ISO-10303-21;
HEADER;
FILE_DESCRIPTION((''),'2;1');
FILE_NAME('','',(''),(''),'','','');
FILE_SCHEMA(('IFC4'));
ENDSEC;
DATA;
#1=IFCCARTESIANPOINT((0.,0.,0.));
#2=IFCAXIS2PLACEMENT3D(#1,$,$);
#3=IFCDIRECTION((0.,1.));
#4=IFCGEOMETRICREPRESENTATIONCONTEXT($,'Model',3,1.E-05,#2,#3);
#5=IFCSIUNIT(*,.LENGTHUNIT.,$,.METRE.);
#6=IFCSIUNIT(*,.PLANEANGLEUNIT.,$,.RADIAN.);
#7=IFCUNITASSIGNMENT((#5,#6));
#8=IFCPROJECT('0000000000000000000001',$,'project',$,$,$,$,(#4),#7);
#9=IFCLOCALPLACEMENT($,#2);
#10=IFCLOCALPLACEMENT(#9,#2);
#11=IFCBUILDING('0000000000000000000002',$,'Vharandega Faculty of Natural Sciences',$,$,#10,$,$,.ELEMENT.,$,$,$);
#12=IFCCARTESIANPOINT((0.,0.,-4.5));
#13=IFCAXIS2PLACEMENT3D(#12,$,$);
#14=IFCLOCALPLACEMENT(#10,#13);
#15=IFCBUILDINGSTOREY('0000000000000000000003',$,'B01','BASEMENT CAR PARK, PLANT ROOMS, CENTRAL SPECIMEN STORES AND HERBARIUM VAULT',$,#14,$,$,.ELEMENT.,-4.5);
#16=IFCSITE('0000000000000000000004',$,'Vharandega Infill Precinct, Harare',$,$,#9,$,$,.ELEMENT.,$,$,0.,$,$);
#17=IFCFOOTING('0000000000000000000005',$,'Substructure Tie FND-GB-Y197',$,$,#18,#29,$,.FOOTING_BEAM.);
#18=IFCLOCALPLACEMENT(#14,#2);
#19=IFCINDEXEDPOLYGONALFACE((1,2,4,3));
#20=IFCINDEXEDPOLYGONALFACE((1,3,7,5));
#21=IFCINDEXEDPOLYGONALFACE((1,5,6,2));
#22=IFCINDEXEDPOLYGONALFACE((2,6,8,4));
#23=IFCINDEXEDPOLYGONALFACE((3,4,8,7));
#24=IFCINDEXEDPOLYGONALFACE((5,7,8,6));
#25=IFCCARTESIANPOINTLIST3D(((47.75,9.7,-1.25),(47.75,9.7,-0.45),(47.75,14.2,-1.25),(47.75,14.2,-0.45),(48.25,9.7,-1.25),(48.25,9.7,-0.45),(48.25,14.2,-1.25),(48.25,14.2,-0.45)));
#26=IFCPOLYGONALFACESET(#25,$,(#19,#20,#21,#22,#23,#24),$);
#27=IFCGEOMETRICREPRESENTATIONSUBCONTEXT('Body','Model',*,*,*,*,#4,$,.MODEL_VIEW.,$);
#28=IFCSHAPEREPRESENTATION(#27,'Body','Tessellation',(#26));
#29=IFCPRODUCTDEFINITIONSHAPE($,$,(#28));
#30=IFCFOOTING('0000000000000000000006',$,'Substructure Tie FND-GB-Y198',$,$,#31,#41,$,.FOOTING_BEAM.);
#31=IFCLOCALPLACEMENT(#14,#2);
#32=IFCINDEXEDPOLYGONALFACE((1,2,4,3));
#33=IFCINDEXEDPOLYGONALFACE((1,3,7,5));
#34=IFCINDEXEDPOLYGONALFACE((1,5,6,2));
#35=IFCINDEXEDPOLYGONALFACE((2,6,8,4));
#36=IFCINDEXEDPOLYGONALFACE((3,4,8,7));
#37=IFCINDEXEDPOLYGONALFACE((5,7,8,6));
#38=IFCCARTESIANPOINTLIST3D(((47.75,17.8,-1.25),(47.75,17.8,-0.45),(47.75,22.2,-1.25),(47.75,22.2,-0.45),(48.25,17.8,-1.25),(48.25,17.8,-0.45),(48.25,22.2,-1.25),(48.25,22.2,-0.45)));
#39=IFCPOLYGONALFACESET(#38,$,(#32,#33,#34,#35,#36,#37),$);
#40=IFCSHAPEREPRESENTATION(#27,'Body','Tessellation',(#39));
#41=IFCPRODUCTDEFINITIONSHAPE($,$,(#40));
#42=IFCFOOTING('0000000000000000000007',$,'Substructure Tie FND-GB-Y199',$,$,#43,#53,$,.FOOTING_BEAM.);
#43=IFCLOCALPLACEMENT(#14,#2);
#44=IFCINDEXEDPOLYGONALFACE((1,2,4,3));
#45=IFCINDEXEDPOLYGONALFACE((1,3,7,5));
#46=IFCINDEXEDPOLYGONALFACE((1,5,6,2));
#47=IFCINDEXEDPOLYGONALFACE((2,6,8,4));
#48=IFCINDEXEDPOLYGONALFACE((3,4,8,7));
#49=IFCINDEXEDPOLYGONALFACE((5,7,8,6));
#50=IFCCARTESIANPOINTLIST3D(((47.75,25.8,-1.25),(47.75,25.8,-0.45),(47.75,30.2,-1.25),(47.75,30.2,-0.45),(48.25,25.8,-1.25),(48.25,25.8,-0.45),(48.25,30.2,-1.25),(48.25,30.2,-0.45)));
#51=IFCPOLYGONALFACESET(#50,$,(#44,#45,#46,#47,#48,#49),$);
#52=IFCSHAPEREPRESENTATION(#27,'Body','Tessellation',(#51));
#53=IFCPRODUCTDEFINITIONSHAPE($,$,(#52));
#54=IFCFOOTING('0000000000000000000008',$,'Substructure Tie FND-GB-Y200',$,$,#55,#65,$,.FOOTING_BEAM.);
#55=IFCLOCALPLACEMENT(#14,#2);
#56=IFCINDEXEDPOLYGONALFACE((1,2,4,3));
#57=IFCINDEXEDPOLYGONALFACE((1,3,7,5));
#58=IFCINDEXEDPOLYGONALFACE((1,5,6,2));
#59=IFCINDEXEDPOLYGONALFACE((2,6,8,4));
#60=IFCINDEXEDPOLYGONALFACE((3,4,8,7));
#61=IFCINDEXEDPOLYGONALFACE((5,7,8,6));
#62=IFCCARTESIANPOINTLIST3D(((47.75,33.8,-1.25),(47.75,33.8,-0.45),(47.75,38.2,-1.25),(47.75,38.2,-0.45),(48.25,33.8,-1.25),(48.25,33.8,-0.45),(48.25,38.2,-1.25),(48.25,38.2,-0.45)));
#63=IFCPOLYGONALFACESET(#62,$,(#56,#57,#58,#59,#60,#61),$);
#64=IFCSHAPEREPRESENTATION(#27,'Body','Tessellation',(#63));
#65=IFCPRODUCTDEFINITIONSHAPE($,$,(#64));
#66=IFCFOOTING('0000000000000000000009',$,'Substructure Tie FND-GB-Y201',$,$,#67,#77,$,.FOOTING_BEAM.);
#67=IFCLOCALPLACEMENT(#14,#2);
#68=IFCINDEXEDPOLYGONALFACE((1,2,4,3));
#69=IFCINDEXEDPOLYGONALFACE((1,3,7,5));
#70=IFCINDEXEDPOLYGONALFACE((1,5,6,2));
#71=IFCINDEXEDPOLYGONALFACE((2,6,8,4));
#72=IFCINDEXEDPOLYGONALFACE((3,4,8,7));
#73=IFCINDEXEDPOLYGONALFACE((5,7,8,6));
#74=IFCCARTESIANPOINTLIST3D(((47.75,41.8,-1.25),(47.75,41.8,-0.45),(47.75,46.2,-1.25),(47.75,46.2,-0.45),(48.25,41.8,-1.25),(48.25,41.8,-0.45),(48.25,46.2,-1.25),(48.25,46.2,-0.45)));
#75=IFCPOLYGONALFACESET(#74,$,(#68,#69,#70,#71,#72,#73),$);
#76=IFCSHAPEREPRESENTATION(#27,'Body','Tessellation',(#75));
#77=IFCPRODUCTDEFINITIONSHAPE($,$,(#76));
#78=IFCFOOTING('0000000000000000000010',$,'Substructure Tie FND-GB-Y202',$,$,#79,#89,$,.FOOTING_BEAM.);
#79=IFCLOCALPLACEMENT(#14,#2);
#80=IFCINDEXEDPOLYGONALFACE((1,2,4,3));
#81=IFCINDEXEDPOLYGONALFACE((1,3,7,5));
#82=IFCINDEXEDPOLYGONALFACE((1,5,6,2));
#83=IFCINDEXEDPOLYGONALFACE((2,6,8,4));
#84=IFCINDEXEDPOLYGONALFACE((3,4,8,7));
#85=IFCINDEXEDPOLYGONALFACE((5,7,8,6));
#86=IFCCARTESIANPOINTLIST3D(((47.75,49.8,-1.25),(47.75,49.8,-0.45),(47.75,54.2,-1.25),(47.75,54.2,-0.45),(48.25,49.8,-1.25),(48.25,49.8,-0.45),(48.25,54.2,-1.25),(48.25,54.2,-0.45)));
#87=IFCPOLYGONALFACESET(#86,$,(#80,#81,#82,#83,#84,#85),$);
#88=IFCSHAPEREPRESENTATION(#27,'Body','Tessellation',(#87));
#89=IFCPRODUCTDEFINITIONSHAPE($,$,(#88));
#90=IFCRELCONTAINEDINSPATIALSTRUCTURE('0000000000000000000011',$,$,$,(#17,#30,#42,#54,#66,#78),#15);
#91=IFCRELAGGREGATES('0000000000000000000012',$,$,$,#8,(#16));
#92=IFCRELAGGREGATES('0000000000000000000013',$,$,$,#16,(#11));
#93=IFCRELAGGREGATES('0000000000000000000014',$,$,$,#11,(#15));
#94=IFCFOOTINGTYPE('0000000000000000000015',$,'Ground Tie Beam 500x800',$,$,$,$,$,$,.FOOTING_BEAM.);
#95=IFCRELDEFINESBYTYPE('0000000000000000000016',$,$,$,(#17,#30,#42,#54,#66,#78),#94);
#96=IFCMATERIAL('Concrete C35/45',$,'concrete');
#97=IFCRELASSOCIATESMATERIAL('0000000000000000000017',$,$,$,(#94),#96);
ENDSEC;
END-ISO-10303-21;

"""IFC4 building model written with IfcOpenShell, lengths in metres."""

from ifc_helpers import new_model, si_unit, direction, frame, origin, place, context, subcontext, project, spatial, polyline, outline, extrude, material, type_object, element, save


model = new_model("IFC4")

# Units and contexts
model_context = context("Model", 3, precision=1e-05, world=origin(), true_north=direction((0.0, 1.0)))
body_context = subcontext(model_context, "Body", "Model", "MODEL_VIEW")
ifc_project = project(units=[si_unit("LENGTHUNIT", "METRE"), si_unit("PLANEANGLEUNIT", "RADIAN")], contexts=[model_context])

# Site, building, storey
site_placement = place(None, origin())
site = spatial("IfcSite", under=ifc_project, at=site_placement, Name="Vharandega Infill Precinct, Harare", CompositionType="ELEMENT", RefElevation=0.0)
building_placement = place(site_placement, origin())
building = spatial("IfcBuilding", under=site, at=building_placement, Name="Vharandega Faculty of Natural Sciences", CompositionType="ELEMENT")
storey_placement = place(building_placement, frame((0.0, 0.0, -4.5)))
storey = spatial("IfcBuildingStorey", under=building, at=storey_placement, Name="B01", Description="BASEMENT CAR PARK, PLANT ROOMS, CENTRAL SPECIMEN STORES AND HERBARIUM VAULT", CompositionType="ELEMENT", Elevation=-4.5)

# Footings
ifc_material = material(Name="Concrete C35/45", Category="concrete")
footing_type = type_object("IfcFootingType", Name="Ground Tie Beam 500x800", PredefinedType="FOOTING_BEAM", material=ifc_material)
footing_1_placement = place(storey_placement, frame((0.0, 0.0, -1.25)))
element("IfcFooting", 1, at=footing_1_placement, inside=storey, type_object=footing_type, Name="Substructure Tie FND-GB-Y197", PredefinedType="FOOTING_BEAM", context=body_context, shape_type="SweptSolid", body=[
    extrude(outline(polyline([(47.75, 9.7), (48.25, 9.7), (48.25, 14.2), (47.75, 14.2), (47.75, 9.7)])), origin(), (0.0, 0.0, 1.0), 0.8),
])
footing_2_placement = place(storey_placement, frame((0.0, 0.0, -1.25)))
element("IfcFooting", 2, at=footing_2_placement, inside=storey, type_object=footing_type, Name="Substructure Tie FND-GB-Y198", PredefinedType="FOOTING_BEAM", context=body_context, shape_type="SweptSolid", body=[
    extrude(outline(polyline([(47.75, 17.8), (48.25, 17.8), (48.25, 22.2), (47.75, 22.2), (47.75, 17.8)])), origin(), (0.0, 0.0, 1.0), 0.8),
])
footing_3_placement = place(storey_placement, frame((0.0, 0.0, -1.25)))
element("IfcFooting", 3, at=footing_3_placement, inside=storey, type_object=footing_type, Name="Substructure Tie FND-GB-Y199", PredefinedType="FOOTING_BEAM", context=body_context, shape_type="SweptSolid", body=[
    extrude(outline(polyline([(47.75, 25.8), (48.25, 25.8), (48.25, 30.2), (47.75, 30.2), (47.75, 25.8)])), origin(), (0.0, 0.0, 1.0), 0.8),
])
footing_4_placement = place(storey_placement, frame((0.0, 0.0, -1.25)))
element("IfcFooting", 4, at=footing_4_placement, inside=storey, type_object=footing_type, Name="Substructure Tie FND-GB-Y200", PredefinedType="FOOTING_BEAM", context=body_context, shape_type="SweptSolid", body=[
    extrude(outline(polyline([(47.75, 33.8), (48.25, 33.8), (48.25, 38.2), (47.75, 38.2), (47.75, 33.8)])), origin(), (0.0, 0.0, 1.0), 0.8),
])
footing_5_placement = place(storey_placement, frame((0.0, 0.0, -1.25)))
element("IfcFooting", 5, at=footing_5_placement, inside=storey, type_object=footing_type, Name="Substructure Tie FND-GB-Y201", PredefinedType="FOOTING_BEAM", context=body_context, shape_type="SweptSolid", body=[
    extrude(outline(polyline([(47.75, 41.8), (48.25, 41.8), (48.25, 46.2), (47.75, 46.2), (47.75, 41.8)])), origin(), (0.0, 0.0, 1.0), 0.8),
])
footing_6_placement = place(storey_placement, frame((0.0, 0.0, -1.25)))
element("IfcFooting", 6, at=footing_6_placement, inside=storey, type_object=footing_type, Name="Substructure Tie FND-GB-Y202", PredefinedType="FOOTING_BEAM", context=body_context, shape_type="SweptSolid", body=[
    extrude(outline(polyline([(47.75, 49.8), (48.25, 49.8), (48.25, 54.2), (47.75, 54.2), (47.75, 49.8)])), origin(), (0.0, 0.0, 1.0), 0.8),
])

save(model, "model.ifc")
